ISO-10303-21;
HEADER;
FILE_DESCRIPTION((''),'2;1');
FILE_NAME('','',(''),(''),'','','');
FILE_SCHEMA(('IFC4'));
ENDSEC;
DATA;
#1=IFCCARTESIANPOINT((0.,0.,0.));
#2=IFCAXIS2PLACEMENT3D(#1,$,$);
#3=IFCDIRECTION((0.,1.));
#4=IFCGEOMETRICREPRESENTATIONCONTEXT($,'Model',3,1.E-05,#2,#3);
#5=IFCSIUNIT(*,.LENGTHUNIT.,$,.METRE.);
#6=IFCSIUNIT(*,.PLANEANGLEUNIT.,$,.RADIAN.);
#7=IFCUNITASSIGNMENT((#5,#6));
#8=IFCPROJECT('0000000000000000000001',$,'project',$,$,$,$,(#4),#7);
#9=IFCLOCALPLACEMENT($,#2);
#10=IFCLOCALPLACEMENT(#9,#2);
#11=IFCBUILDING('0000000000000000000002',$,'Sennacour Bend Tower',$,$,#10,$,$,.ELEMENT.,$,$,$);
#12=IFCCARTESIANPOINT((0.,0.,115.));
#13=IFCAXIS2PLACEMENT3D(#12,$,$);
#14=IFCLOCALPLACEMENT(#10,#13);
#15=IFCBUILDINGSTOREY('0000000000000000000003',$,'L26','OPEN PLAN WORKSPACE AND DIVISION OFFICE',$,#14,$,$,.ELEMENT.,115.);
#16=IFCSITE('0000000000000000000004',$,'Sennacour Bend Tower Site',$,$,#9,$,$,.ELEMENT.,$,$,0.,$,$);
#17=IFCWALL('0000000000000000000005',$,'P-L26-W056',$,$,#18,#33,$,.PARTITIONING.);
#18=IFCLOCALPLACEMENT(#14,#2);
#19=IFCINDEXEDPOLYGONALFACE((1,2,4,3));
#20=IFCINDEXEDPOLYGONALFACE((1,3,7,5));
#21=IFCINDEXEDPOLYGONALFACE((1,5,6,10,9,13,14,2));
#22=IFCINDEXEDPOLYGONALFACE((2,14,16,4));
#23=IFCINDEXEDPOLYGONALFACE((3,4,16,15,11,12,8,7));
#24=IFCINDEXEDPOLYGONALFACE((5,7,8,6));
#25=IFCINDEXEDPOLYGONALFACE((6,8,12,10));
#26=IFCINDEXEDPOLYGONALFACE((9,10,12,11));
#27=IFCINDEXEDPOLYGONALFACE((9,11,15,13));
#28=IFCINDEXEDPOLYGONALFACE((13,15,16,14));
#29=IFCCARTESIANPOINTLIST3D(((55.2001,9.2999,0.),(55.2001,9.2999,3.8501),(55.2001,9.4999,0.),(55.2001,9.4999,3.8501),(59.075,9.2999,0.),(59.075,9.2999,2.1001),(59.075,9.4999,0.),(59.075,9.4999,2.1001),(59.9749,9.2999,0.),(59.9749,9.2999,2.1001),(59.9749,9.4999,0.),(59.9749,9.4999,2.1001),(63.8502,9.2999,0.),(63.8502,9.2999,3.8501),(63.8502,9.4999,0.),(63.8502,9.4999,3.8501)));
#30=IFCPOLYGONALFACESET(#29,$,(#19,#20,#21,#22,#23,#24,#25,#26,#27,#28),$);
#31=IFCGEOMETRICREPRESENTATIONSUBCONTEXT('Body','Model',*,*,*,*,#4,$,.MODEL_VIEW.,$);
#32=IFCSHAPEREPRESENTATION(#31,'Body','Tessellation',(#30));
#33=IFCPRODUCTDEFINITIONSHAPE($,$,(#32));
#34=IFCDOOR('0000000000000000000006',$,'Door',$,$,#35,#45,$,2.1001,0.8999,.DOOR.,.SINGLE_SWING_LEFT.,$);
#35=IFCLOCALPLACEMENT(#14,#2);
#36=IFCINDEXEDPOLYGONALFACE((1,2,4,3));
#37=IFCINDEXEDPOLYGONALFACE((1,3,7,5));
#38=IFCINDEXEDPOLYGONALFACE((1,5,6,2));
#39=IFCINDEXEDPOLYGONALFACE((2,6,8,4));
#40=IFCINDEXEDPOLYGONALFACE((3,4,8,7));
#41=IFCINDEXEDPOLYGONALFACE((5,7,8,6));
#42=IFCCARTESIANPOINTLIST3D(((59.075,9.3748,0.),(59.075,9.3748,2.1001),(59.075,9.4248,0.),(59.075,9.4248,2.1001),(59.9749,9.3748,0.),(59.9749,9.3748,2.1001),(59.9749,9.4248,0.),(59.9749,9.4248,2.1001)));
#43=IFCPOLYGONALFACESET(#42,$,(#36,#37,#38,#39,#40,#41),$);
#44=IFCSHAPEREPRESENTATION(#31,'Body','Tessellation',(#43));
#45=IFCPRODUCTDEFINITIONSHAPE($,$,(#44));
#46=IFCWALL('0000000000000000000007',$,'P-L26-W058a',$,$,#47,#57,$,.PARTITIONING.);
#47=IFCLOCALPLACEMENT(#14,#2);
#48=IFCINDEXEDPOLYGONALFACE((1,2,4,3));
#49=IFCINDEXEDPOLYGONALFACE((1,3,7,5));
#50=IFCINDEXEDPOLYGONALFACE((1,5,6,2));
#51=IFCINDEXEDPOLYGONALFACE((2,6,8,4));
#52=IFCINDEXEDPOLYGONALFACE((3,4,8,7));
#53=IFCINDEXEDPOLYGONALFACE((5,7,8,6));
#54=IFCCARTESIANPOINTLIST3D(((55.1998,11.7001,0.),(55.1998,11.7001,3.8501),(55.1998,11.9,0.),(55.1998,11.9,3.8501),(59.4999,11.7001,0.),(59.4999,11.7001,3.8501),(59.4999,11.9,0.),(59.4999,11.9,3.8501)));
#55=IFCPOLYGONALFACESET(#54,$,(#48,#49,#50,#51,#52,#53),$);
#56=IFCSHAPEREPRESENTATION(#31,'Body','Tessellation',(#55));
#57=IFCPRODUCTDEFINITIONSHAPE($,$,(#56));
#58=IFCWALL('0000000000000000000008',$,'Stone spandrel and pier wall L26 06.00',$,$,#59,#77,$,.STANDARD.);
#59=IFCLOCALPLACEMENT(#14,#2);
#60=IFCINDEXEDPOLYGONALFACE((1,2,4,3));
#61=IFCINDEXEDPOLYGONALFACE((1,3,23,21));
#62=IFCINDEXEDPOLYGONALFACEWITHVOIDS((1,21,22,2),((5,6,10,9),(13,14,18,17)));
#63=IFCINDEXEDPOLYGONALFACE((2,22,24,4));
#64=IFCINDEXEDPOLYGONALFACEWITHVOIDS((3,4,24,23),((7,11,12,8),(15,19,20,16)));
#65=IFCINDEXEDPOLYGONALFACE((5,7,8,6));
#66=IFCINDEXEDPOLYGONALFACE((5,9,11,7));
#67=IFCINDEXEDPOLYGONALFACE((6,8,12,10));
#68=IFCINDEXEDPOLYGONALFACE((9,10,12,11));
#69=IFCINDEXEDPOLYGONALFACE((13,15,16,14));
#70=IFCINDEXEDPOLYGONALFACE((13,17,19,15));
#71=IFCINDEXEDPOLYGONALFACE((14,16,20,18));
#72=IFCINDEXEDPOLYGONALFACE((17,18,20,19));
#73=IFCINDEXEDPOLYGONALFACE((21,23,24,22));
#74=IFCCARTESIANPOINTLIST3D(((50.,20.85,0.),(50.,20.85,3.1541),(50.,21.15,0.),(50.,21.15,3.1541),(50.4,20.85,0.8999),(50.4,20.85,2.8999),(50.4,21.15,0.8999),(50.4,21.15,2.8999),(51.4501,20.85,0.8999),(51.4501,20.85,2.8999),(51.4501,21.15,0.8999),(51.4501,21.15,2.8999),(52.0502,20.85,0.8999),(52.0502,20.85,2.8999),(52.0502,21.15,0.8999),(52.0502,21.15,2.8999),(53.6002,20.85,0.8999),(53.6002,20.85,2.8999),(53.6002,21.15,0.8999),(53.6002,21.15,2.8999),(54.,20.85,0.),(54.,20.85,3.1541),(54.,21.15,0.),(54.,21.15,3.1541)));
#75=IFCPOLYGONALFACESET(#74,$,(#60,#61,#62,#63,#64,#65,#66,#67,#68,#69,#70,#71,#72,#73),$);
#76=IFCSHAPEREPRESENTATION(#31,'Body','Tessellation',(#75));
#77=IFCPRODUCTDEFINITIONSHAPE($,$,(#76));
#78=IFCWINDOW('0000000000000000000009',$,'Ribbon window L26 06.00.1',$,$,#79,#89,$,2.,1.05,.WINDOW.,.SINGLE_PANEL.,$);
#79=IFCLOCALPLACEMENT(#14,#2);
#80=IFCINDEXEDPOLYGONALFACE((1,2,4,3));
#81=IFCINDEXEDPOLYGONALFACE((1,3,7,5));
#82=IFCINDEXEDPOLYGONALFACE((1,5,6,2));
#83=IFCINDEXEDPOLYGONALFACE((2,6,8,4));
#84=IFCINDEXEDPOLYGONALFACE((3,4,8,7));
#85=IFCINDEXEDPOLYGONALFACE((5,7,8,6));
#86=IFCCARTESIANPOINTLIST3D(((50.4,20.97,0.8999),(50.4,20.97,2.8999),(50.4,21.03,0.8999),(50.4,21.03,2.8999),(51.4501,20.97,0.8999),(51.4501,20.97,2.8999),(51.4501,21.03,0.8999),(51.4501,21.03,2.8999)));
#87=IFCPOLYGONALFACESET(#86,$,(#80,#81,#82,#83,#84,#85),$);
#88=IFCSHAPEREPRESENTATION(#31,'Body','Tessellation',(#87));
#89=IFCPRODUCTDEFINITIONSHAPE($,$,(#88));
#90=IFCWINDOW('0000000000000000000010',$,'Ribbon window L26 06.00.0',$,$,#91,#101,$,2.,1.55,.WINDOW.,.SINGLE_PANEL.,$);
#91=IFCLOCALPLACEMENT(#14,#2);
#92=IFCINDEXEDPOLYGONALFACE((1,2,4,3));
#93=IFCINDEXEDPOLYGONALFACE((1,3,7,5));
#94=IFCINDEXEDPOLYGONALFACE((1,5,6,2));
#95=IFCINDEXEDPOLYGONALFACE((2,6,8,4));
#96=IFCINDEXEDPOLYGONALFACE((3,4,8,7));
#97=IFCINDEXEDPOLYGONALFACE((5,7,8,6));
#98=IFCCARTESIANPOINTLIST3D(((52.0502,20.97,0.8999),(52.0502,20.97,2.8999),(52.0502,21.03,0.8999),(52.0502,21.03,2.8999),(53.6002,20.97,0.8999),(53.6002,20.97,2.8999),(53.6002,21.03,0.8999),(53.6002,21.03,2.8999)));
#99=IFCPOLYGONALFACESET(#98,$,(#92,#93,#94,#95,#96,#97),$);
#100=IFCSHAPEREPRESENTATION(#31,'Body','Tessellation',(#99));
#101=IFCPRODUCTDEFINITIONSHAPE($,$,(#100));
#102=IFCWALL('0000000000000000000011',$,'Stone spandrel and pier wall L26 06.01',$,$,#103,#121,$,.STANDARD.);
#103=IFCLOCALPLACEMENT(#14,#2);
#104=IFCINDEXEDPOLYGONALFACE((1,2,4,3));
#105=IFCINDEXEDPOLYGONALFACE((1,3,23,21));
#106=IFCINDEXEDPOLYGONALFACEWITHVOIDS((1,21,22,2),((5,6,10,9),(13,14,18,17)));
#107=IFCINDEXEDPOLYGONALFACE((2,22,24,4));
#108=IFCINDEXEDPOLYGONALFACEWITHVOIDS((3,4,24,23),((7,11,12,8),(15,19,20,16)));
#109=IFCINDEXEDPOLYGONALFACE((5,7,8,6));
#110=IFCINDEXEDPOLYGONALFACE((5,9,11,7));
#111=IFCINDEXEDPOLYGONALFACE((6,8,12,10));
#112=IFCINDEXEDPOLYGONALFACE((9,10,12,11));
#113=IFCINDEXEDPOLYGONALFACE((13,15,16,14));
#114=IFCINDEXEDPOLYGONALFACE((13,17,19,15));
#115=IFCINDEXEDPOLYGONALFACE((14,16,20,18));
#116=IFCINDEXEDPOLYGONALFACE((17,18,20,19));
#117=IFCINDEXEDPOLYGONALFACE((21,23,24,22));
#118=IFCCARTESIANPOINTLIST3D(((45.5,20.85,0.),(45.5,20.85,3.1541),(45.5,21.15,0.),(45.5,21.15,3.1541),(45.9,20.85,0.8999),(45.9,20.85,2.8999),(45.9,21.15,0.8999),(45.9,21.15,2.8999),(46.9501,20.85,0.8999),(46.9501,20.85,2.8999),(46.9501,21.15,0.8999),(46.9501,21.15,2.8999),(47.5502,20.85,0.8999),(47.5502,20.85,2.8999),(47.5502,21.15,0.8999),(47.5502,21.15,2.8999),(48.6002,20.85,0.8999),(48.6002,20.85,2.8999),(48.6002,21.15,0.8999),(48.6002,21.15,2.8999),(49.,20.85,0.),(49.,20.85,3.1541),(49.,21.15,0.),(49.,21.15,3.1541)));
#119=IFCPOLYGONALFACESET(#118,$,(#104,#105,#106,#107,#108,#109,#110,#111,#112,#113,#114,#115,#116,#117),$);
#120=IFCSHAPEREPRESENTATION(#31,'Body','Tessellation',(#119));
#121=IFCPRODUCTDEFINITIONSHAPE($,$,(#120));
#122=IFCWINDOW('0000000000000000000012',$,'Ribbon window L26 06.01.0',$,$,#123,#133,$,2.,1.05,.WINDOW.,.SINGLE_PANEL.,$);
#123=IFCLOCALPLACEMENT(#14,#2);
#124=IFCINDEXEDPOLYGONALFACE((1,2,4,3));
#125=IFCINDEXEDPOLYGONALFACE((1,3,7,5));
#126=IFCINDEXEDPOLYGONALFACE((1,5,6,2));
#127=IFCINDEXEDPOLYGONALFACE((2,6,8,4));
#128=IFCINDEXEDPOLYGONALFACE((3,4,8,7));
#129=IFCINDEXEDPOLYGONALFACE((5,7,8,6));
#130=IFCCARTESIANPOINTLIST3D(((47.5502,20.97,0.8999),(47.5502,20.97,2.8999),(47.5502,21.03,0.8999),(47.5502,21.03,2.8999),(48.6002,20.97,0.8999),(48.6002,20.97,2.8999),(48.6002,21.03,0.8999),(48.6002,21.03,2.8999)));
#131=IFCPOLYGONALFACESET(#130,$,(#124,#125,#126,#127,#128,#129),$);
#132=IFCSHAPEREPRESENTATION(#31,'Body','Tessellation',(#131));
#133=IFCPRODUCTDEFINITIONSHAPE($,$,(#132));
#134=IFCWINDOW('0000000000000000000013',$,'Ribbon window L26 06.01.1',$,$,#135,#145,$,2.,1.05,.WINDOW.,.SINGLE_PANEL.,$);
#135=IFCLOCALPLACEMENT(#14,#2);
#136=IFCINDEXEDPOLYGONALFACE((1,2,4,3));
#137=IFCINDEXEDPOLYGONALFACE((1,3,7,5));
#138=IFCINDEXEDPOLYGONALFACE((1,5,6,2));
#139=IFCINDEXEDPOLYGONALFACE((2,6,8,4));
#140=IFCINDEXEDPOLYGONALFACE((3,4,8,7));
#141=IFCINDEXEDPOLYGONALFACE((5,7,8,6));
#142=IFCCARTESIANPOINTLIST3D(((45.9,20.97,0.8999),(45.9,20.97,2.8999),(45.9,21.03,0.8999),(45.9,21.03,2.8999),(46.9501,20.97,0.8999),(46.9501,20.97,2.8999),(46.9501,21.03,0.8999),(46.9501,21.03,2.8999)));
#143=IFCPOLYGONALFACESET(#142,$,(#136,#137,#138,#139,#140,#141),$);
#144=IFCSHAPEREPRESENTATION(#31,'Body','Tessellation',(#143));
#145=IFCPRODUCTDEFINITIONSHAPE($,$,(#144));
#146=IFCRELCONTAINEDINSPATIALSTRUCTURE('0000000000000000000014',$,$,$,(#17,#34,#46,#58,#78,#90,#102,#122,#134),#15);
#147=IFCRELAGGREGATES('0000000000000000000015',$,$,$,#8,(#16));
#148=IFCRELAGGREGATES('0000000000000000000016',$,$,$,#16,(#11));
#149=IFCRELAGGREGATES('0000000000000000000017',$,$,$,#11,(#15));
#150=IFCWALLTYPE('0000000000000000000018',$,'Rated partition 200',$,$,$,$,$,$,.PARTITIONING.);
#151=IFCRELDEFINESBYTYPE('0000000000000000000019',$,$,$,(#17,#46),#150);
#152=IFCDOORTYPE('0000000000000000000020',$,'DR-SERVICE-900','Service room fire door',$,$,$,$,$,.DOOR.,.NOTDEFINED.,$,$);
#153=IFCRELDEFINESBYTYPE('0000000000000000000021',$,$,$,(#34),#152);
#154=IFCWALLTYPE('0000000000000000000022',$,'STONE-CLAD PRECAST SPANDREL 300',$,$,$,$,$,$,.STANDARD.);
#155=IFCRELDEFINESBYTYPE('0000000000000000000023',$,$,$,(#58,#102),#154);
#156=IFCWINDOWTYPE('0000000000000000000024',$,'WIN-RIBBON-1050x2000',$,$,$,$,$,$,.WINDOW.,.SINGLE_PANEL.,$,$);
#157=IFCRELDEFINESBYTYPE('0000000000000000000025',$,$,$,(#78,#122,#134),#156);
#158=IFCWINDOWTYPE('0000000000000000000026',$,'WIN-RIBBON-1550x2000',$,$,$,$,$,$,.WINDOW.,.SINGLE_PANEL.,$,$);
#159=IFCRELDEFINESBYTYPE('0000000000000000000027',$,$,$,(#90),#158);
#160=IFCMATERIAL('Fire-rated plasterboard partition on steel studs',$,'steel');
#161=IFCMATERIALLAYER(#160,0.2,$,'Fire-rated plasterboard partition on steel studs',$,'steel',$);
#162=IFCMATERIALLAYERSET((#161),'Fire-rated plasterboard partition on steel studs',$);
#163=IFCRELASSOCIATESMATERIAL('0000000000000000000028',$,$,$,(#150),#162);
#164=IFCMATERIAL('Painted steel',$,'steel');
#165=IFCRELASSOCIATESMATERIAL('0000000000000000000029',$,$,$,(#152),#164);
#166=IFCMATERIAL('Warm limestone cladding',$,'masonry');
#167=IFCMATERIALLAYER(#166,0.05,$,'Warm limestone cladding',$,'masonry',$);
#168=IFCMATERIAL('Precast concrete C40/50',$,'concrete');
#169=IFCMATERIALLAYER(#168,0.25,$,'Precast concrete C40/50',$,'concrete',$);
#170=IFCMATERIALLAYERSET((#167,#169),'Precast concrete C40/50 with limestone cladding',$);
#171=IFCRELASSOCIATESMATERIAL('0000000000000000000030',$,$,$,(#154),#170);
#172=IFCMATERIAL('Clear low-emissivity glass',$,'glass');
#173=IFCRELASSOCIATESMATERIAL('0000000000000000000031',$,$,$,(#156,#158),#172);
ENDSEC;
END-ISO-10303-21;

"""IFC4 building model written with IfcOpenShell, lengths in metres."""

from ifc_helpers import new_model, si_unit, direction, frame, frame_2d, origin, place, context, subcontext, project, spatial, rectangle, extrude, material, layer, layer_set, type_object, element, fill, save


model = new_model("IFC4")

# Units and contexts
model_context = context("Model", 3, precision=1e-05, world=origin(), true_north=direction((0.0, 1.0)))
body_context = subcontext(model_context, "Body", "Model", "MODEL_VIEW")
ifc_project = project(units=[si_unit("LENGTHUNIT", "METRE"), si_unit("PLANEANGLEUNIT", "RADIAN")], contexts=[model_context])

# Site, building, storey
site_placement = place(None, origin())
site = spatial("IfcSite", under=ifc_project, at=site_placement, Name="Sennacour Bend Tower Site", CompositionType="ELEMENT", RefElevation=0.0)
building_placement = place(site_placement, origin())
building = spatial("IfcBuilding", under=site, at=building_placement, Name="Sennacour Bend Tower", CompositionType="ELEMENT")
storey_placement = place(building_placement, frame((0.0, 0.0, 115.0)))
storey = spatial("IfcBuildingStorey", under=building, at=storey_placement, Name="L26", Description="OPEN PLAN WORKSPACE AND DIVISION OFFICE", CompositionType="ELEMENT", Elevation=115.0)

# Wall, opening, door
ifc_material_1 = material(Name="Fire-rated plasterboard partition on steel studs", Category="steel")
ifc_layer_1 = layer(ifc_material_1, 0.2, Name="Fire-rated plasterboard partition on steel studs", Category="steel")
ifc_layer_set_1 = layer_set([ifc_layer_1], Name="Fire-rated plasterboard partition on steel studs")
wall_type_1 = type_object("IfcWallType", Name="Rated partition 200", PredefinedType="PARTITIONING", material=ifc_layer_set_1)
wall_1_placement = place(storey_placement, frame((55.2, 9.3999, 0.0), z_axis=(0.0, 0.0, 1.0), x_axis=(1.0, 0.0, 0.0)))
wall_1 = element("IfcWall", 1, at=wall_1_placement, inside=storey, type_object=wall_type_1, Name="P-L26-W056", PredefinedType="PARTITIONING", context=body_context, shape_type="SweptSolid", body=[
    extrude(rectangle(XDim=8.6501, YDim=0.2, at=frame_2d((4.3252, 0.0))), origin(), (0.0, 0.0, 1.0), 3.8501),
])
opening_1_placement = place(wall_1_placement, frame((3.875, 0.0, 0.0)))
opening_1 = element("IfcOpeningElement", 2, at=opening_1_placement, cuts=wall_1, PredefinedType="OPENING", context=body_context, shape_type="SweptSolid", body=[
    extrude(rectangle(XDim=0.8999, YDim=2.1001, at=frame_2d((0.45, 1.05))), frame((0.0, 0.1099, 0.0), z_axis=(0.0, -1.0, 0.0), x_axis=(1.0, 0.0, 0.0)), (0.0, 0.0, 1.0), 0.22),
])
ifc_material_2 = material(Name="Painted steel", Category="steel")
door_type_1 = type_object("IfcDoorType", Name="DR-SERVICE-900", Description="Service room fire door", OperationType="NOTDEFINED", PredefinedType="DOOR", material=ifc_material_2)
door_1_placement = place(opening_1_placement, origin())
door_1 = element("IfcDoor", 3, at=door_1_placement, inside=storey, type_object=door_type_1, Name="Door", OperationType="SINGLE_SWING_LEFT", OverallHeight=2.1001, OverallWidth=0.8999, PredefinedType="DOOR", context=body_context, shape_type="SweptSolid", body=[
    extrude(rectangle(XDim=0.8999, YDim=2.1001, at=frame_2d((0.45, 1.05))), frame((0.0, 0.0249, 0.0), z_axis=(0.0, -1.0, 0.0), x_axis=(1.0, 0.0, 0.0)), (0.0, 0.0, 1.0), 0.05),
])
fill(opening_1, door_1)

# Wall
wall_2_placement = place(storey_placement, frame((55.2, 11.8, 0.0), z_axis=(0.0, 0.0, 1.0), x_axis=(1.0, 0.0, 0.0)))
element("IfcWall", 4, at=wall_2_placement, inside=storey, type_object=wall_type_1, Name="P-L26-W058a", PredefinedType="PARTITIONING", context=body_context, shape_type="SweptSolid", body=[
    extrude(rectangle(XDim=4.3, YDim=0.2, at=frame_2d((2.1499, 0.0))), origin(), (0.0, 0.0, 1.0), 3.8501),
])

# Walls, openings, windows
ifc_material_3 = material(Name="Warm limestone cladding", Category="masonry")
ifc_layer_2 = layer(ifc_material_3, 0.05, Name="Warm limestone cladding", Category="masonry")
ifc_material_4 = material(Name="Precast concrete C40/50", Category="concrete")
ifc_layer_3 = layer(ifc_material_4, 0.25, Name="Precast concrete C40/50", Category="concrete")
ifc_layer_set_2 = layer_set([ifc_layer_2, ifc_layer_3], Name="Precast concrete C40/50 with limestone cladding")
wall_type_2 = type_object("IfcWallType", Name="STONE-CLAD PRECAST SPANDREL 300", PredefinedType="STANDARD", material=ifc_layer_set_2)
wall_3_placement = place(storey_placement, frame((54.0, 21.0, 0.0), z_axis=(0.0, 0.0, 1.0), x_axis=(-1.0, 0.0, 0.0)))
wall_3 = element("IfcWall", 5, at=wall_3_placement, inside=storey, type_object=wall_type_2, Name="Stone spandrel and pier wall L26 06.00", PredefinedType="STANDARD", context=body_context, shape_type="SweptSolid", body=[
    extrude(rectangle(XDim=4.0, YDim=0.3, at=frame_2d((2.0, 0.0))), origin(), (0.0, 0.0, 1.0), 3.1541),
])
opening_2_placement = place(wall_3_placement, frame((0.3999, 0.0, 0.8999)))
opening_2 = element("IfcOpeningElement", 6, at=opening_2_placement, cuts=wall_3, PredefinedType="OPENING", context=body_context, shape_type="SweptSolid", body=[
    extrude(rectangle(XDim=1.55, YDim=2.0, at=frame_2d((0.7749, 1.0))), frame((0.0, 0.1602, 0.0), z_axis=(0.0, -1.0, 0.0), x_axis=(1.0, 0.0, 0.0)), (0.0, 0.0, 1.0), 0.3201),
])
opening_3_placement = place(wall_3_placement, frame((2.55, 0.0, 0.8999)))
opening_3 = element("IfcOpeningElement", 7, at=opening_3_placement, cuts=wall_3, PredefinedType="OPENING", context=body_context, shape_type="SweptSolid", body=[
    extrude(rectangle(XDim=1.05, YDim=2.0, at=frame_2d((0.5249, 1.0))), frame((0.0, 0.1602, 0.0), z_axis=(0.0, -1.0, 0.0), x_axis=(1.0, 0.0, 0.0)), (0.0, 0.0, 1.0), 0.3201),
])
ifc_material_5 = material(Name="Clear low-emissivity glass", Category="glass")
window_type_1 = type_object("IfcWindowType", Name="WIN-RIBBON-1050x2000", PartitioningType="SINGLE_PANEL", PredefinedType="WINDOW", material=ifc_material_5)
window_1_placement = place(opening_3_placement, origin())
window_1 = element("IfcWindow", 8, at=window_1_placement, inside=storey, type_object=window_type_1, Name="Ribbon window L26 06.00.1", OverallHeight=2.0, OverallWidth=1.05, PartitioningType="SINGLE_PANEL", PredefinedType="WINDOW", context=body_context, shape_type="SweptSolid", body=[
    extrude(rectangle(XDim=1.05, YDim=2.0, at=frame_2d((0.5249, 1.0))), frame((0.0, 0.03, 0.0), z_axis=(0.0, -1.0, 0.0), x_axis=(1.0, 0.0, 0.0)), (0.0, 0.0, 1.0), 0.0601),
])
fill(opening_3, window_1)
window_type_2 = type_object("IfcWindowType", Name="WIN-RIBBON-1550x2000", PartitioningType="SINGLE_PANEL", PredefinedType="WINDOW", material=ifc_material_5)
window_2_placement = place(opening_2_placement, origin())
window_2 = element("IfcWindow", 9, at=window_2_placement, inside=storey, type_object=window_type_2, Name="Ribbon window L26 06.00.0", OverallHeight=2.0, OverallWidth=1.55, PartitioningType="SINGLE_PANEL", PredefinedType="WINDOW", context=body_context, shape_type="SweptSolid", body=[
    extrude(rectangle(XDim=1.55, YDim=2.0, at=frame_2d((0.7749, 1.0))), frame((0.0, 0.03, 0.0), z_axis=(0.0, -1.0, 0.0), x_axis=(1.0, 0.0, 0.0)), (0.0, 0.0, 1.0), 0.0601),
])
fill(opening_2, window_2)
wall_4_placement = place(storey_placement, frame((49.0, 21.0, 0.0), z_axis=(0.0, 0.0, 1.0), x_axis=(-1.0, 0.0, 0.0)))
wall_4 = element("IfcWall", 10, at=wall_4_placement, inside=storey, type_object=wall_type_2, Name="Stone spandrel and pier wall L26 06.01", PredefinedType="STANDARD", context=body_context, shape_type="SweptSolid", body=[
    extrude(rectangle(XDim=3.5, YDim=0.3, at=frame_2d((1.75, 0.0))), origin(), (0.0, 0.0, 1.0), 3.1541),
])
opening_4_placement = place(wall_4_placement, frame((0.3999, 0.0, 0.8999)))
opening_4 = element("IfcOpeningElement", 11, at=opening_4_placement, cuts=wall_4, PredefinedType="OPENING", context=body_context, shape_type="SweptSolid", body=[
    extrude(rectangle(XDim=1.05, YDim=2.0, at=frame_2d((0.5249, 1.0))), frame((0.0, 0.1602, 0.0), z_axis=(0.0, -1.0, 0.0), x_axis=(1.0, 0.0, 0.0)), (0.0, 0.0, 1.0), 0.3201),
])
opening_5_placement = place(wall_4_placement, frame((2.05, 0.0, 0.8999)))
opening_5 = element("IfcOpeningElement", 12, at=opening_5_placement, cuts=wall_4, PredefinedType="OPENING", context=body_context, shape_type="SweptSolid", body=[
    extrude(rectangle(XDim=1.05, YDim=2.0, at=frame_2d((0.5249, 1.0))), frame((0.0, 0.1602, 0.0), z_axis=(0.0, -1.0, 0.0), x_axis=(1.0, 0.0, 0.0)), (0.0, 0.0, 1.0), 0.3201),
])
window_3_placement = place(opening_4_placement, origin())
window_3 = element("IfcWindow", 13, at=window_3_placement, inside=storey, type_object=window_type_1, Name="Ribbon window L26 06.01.0", OverallHeight=2.0, OverallWidth=1.05, PartitioningType="SINGLE_PANEL", PredefinedType="WINDOW", context=body_context, shape_type="SweptSolid", body=[
    extrude(rectangle(XDim=1.05, YDim=2.0, at=frame_2d((0.5249, 1.0))), frame((0.0, 0.03, 0.0), z_axis=(0.0, -1.0, 0.0), x_axis=(1.0, 0.0, 0.0)), (0.0, 0.0, 1.0), 0.0601),
])
fill(opening_4, window_3)
window_4_placement = place(opening_5_placement, origin())
window_4 = element("IfcWindow", 14, at=window_4_placement, inside=storey, type_object=window_type_1, Name="Ribbon window L26 06.01.1", OverallHeight=2.0, OverallWidth=1.05, PartitioningType="SINGLE_PANEL", PredefinedType="WINDOW", context=body_context, shape_type="SweptSolid", body=[
    extrude(rectangle(XDim=1.05, YDim=2.0, at=frame_2d((0.5249, 1.0))), frame((0.0, 0.03, 0.0), z_axis=(0.0, -1.0, 0.0), x_axis=(1.0, 0.0, 0.0)), (0.0, 0.0, 1.0), 0.0601),
])
fill(opening_5, window_4)

save(model, "model.ifc")
